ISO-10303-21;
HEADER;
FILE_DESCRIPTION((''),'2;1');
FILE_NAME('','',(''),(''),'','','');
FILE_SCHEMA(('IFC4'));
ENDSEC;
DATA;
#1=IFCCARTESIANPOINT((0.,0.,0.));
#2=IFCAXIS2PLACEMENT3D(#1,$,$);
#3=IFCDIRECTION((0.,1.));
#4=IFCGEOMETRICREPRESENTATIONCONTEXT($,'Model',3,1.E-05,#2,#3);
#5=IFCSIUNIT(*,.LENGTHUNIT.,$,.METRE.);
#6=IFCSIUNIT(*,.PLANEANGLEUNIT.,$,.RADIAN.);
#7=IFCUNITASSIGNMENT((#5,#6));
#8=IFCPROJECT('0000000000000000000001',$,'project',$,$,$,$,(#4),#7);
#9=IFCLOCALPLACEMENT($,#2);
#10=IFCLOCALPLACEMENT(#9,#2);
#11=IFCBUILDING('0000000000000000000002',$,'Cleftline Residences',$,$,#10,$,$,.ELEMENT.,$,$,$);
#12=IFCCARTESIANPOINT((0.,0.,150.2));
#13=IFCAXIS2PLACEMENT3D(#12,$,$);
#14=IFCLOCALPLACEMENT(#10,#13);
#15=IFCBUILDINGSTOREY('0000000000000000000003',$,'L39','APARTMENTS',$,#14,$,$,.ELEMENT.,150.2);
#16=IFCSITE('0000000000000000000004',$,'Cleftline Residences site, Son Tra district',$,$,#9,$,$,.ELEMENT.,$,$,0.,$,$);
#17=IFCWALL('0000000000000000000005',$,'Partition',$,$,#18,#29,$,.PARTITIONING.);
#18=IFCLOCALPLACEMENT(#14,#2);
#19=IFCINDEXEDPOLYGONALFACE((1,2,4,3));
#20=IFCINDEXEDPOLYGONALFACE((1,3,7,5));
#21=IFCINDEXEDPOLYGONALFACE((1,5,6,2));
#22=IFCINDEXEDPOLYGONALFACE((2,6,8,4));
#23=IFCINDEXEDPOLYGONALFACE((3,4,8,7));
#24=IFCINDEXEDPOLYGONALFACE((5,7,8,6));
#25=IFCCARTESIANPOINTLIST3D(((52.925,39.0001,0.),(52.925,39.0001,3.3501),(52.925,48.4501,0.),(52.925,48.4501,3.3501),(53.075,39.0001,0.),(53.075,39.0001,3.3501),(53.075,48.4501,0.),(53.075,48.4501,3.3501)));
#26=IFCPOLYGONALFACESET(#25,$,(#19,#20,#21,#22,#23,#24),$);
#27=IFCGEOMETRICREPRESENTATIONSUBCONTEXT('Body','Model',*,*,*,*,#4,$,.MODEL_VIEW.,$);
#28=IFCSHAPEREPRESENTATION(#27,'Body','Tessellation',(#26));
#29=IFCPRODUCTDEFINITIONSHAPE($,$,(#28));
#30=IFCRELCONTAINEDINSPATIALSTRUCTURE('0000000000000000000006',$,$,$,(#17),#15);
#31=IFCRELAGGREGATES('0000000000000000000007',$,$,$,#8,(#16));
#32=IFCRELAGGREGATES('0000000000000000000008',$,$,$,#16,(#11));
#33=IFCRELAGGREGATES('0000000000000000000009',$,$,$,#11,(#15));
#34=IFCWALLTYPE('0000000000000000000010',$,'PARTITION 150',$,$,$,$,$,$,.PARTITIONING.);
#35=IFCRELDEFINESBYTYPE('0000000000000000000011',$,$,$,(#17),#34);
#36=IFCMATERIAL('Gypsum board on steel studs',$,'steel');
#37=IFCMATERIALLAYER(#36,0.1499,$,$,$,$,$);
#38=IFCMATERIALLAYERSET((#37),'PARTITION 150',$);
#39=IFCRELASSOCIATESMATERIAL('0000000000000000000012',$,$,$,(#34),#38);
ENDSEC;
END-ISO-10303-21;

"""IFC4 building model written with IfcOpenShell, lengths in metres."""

from ifc_helpers import new_model, si_unit, direction, frame, frame_2d, origin, place, context, subcontext, project, spatial, rectangle, extrude, material, layer, layer_set, type_object, element, save


model = new_model("IFC4")

# Units and contexts
model_context = context("Model", 3, precision=1e-05, world=origin(), true_north=direction((0.0, 1.0)))
body_context = subcontext(model_context, "Body", "Model", "MODEL_VIEW")
ifc_project = project(units=[si_unit("LENGTHUNIT", "METRE"), si_unit("PLANEANGLEUNIT", "RADIAN")], contexts=[model_context])

# Site, building, storey
site_placement = place(None, origin())
site = spatial("IfcSite", under=ifc_project, at=site_placement, Name="Cleftline Residences site, Son Tra district", CompositionType="ELEMENT", RefElevation=0.0)
building_placement = place(site_placement, origin())
building = spatial("IfcBuilding", under=site, at=building_placement, Name="Cleftline Residences", CompositionType="ELEMENT")
storey_placement = place(building_placement, frame((0.0, 0.0, 150.2)))
storey = spatial("IfcBuildingStorey", under=building, at=storey_placement, Name="L39", Description="APARTMENTS", CompositionType="ELEMENT", Elevation=150.2)

# Shared definitions
ifc_material_1 = material(Name="Gypsum board on steel studs", Category="steel")
ifc_layer = layer(ifc_material_1, 0.1499)
ifc_layer_set = layer_set([ifc_layer], Name="PARTITION 150")
wall_type = type_object("IfcWallType", Name="PARTITION 150", PredefinedType="PARTITIONING", material=ifc_layer_set)

# Wall
wall_1_placement = place(storey_placement, frame((53.0, 39.0, 0.0), z_axis=(0.0, 0.0, 1.0), x_axis=(0.0, 1.0, 0.0)))
element("IfcWall", 1, at=wall_1_placement, inside=storey, type_object=wall_type, Name="Partition", PredefinedType="PARTITIONING", context=body_context, shape_type="SweptSolid", body=[
    extrude(rectangle(XDim=9.45, YDim=0.1499, at=frame_2d((4.7251, 0.0))), origin(), (0.0, 0.0, 1.0), 3.3501),
])

save(model, "model.ifc")
